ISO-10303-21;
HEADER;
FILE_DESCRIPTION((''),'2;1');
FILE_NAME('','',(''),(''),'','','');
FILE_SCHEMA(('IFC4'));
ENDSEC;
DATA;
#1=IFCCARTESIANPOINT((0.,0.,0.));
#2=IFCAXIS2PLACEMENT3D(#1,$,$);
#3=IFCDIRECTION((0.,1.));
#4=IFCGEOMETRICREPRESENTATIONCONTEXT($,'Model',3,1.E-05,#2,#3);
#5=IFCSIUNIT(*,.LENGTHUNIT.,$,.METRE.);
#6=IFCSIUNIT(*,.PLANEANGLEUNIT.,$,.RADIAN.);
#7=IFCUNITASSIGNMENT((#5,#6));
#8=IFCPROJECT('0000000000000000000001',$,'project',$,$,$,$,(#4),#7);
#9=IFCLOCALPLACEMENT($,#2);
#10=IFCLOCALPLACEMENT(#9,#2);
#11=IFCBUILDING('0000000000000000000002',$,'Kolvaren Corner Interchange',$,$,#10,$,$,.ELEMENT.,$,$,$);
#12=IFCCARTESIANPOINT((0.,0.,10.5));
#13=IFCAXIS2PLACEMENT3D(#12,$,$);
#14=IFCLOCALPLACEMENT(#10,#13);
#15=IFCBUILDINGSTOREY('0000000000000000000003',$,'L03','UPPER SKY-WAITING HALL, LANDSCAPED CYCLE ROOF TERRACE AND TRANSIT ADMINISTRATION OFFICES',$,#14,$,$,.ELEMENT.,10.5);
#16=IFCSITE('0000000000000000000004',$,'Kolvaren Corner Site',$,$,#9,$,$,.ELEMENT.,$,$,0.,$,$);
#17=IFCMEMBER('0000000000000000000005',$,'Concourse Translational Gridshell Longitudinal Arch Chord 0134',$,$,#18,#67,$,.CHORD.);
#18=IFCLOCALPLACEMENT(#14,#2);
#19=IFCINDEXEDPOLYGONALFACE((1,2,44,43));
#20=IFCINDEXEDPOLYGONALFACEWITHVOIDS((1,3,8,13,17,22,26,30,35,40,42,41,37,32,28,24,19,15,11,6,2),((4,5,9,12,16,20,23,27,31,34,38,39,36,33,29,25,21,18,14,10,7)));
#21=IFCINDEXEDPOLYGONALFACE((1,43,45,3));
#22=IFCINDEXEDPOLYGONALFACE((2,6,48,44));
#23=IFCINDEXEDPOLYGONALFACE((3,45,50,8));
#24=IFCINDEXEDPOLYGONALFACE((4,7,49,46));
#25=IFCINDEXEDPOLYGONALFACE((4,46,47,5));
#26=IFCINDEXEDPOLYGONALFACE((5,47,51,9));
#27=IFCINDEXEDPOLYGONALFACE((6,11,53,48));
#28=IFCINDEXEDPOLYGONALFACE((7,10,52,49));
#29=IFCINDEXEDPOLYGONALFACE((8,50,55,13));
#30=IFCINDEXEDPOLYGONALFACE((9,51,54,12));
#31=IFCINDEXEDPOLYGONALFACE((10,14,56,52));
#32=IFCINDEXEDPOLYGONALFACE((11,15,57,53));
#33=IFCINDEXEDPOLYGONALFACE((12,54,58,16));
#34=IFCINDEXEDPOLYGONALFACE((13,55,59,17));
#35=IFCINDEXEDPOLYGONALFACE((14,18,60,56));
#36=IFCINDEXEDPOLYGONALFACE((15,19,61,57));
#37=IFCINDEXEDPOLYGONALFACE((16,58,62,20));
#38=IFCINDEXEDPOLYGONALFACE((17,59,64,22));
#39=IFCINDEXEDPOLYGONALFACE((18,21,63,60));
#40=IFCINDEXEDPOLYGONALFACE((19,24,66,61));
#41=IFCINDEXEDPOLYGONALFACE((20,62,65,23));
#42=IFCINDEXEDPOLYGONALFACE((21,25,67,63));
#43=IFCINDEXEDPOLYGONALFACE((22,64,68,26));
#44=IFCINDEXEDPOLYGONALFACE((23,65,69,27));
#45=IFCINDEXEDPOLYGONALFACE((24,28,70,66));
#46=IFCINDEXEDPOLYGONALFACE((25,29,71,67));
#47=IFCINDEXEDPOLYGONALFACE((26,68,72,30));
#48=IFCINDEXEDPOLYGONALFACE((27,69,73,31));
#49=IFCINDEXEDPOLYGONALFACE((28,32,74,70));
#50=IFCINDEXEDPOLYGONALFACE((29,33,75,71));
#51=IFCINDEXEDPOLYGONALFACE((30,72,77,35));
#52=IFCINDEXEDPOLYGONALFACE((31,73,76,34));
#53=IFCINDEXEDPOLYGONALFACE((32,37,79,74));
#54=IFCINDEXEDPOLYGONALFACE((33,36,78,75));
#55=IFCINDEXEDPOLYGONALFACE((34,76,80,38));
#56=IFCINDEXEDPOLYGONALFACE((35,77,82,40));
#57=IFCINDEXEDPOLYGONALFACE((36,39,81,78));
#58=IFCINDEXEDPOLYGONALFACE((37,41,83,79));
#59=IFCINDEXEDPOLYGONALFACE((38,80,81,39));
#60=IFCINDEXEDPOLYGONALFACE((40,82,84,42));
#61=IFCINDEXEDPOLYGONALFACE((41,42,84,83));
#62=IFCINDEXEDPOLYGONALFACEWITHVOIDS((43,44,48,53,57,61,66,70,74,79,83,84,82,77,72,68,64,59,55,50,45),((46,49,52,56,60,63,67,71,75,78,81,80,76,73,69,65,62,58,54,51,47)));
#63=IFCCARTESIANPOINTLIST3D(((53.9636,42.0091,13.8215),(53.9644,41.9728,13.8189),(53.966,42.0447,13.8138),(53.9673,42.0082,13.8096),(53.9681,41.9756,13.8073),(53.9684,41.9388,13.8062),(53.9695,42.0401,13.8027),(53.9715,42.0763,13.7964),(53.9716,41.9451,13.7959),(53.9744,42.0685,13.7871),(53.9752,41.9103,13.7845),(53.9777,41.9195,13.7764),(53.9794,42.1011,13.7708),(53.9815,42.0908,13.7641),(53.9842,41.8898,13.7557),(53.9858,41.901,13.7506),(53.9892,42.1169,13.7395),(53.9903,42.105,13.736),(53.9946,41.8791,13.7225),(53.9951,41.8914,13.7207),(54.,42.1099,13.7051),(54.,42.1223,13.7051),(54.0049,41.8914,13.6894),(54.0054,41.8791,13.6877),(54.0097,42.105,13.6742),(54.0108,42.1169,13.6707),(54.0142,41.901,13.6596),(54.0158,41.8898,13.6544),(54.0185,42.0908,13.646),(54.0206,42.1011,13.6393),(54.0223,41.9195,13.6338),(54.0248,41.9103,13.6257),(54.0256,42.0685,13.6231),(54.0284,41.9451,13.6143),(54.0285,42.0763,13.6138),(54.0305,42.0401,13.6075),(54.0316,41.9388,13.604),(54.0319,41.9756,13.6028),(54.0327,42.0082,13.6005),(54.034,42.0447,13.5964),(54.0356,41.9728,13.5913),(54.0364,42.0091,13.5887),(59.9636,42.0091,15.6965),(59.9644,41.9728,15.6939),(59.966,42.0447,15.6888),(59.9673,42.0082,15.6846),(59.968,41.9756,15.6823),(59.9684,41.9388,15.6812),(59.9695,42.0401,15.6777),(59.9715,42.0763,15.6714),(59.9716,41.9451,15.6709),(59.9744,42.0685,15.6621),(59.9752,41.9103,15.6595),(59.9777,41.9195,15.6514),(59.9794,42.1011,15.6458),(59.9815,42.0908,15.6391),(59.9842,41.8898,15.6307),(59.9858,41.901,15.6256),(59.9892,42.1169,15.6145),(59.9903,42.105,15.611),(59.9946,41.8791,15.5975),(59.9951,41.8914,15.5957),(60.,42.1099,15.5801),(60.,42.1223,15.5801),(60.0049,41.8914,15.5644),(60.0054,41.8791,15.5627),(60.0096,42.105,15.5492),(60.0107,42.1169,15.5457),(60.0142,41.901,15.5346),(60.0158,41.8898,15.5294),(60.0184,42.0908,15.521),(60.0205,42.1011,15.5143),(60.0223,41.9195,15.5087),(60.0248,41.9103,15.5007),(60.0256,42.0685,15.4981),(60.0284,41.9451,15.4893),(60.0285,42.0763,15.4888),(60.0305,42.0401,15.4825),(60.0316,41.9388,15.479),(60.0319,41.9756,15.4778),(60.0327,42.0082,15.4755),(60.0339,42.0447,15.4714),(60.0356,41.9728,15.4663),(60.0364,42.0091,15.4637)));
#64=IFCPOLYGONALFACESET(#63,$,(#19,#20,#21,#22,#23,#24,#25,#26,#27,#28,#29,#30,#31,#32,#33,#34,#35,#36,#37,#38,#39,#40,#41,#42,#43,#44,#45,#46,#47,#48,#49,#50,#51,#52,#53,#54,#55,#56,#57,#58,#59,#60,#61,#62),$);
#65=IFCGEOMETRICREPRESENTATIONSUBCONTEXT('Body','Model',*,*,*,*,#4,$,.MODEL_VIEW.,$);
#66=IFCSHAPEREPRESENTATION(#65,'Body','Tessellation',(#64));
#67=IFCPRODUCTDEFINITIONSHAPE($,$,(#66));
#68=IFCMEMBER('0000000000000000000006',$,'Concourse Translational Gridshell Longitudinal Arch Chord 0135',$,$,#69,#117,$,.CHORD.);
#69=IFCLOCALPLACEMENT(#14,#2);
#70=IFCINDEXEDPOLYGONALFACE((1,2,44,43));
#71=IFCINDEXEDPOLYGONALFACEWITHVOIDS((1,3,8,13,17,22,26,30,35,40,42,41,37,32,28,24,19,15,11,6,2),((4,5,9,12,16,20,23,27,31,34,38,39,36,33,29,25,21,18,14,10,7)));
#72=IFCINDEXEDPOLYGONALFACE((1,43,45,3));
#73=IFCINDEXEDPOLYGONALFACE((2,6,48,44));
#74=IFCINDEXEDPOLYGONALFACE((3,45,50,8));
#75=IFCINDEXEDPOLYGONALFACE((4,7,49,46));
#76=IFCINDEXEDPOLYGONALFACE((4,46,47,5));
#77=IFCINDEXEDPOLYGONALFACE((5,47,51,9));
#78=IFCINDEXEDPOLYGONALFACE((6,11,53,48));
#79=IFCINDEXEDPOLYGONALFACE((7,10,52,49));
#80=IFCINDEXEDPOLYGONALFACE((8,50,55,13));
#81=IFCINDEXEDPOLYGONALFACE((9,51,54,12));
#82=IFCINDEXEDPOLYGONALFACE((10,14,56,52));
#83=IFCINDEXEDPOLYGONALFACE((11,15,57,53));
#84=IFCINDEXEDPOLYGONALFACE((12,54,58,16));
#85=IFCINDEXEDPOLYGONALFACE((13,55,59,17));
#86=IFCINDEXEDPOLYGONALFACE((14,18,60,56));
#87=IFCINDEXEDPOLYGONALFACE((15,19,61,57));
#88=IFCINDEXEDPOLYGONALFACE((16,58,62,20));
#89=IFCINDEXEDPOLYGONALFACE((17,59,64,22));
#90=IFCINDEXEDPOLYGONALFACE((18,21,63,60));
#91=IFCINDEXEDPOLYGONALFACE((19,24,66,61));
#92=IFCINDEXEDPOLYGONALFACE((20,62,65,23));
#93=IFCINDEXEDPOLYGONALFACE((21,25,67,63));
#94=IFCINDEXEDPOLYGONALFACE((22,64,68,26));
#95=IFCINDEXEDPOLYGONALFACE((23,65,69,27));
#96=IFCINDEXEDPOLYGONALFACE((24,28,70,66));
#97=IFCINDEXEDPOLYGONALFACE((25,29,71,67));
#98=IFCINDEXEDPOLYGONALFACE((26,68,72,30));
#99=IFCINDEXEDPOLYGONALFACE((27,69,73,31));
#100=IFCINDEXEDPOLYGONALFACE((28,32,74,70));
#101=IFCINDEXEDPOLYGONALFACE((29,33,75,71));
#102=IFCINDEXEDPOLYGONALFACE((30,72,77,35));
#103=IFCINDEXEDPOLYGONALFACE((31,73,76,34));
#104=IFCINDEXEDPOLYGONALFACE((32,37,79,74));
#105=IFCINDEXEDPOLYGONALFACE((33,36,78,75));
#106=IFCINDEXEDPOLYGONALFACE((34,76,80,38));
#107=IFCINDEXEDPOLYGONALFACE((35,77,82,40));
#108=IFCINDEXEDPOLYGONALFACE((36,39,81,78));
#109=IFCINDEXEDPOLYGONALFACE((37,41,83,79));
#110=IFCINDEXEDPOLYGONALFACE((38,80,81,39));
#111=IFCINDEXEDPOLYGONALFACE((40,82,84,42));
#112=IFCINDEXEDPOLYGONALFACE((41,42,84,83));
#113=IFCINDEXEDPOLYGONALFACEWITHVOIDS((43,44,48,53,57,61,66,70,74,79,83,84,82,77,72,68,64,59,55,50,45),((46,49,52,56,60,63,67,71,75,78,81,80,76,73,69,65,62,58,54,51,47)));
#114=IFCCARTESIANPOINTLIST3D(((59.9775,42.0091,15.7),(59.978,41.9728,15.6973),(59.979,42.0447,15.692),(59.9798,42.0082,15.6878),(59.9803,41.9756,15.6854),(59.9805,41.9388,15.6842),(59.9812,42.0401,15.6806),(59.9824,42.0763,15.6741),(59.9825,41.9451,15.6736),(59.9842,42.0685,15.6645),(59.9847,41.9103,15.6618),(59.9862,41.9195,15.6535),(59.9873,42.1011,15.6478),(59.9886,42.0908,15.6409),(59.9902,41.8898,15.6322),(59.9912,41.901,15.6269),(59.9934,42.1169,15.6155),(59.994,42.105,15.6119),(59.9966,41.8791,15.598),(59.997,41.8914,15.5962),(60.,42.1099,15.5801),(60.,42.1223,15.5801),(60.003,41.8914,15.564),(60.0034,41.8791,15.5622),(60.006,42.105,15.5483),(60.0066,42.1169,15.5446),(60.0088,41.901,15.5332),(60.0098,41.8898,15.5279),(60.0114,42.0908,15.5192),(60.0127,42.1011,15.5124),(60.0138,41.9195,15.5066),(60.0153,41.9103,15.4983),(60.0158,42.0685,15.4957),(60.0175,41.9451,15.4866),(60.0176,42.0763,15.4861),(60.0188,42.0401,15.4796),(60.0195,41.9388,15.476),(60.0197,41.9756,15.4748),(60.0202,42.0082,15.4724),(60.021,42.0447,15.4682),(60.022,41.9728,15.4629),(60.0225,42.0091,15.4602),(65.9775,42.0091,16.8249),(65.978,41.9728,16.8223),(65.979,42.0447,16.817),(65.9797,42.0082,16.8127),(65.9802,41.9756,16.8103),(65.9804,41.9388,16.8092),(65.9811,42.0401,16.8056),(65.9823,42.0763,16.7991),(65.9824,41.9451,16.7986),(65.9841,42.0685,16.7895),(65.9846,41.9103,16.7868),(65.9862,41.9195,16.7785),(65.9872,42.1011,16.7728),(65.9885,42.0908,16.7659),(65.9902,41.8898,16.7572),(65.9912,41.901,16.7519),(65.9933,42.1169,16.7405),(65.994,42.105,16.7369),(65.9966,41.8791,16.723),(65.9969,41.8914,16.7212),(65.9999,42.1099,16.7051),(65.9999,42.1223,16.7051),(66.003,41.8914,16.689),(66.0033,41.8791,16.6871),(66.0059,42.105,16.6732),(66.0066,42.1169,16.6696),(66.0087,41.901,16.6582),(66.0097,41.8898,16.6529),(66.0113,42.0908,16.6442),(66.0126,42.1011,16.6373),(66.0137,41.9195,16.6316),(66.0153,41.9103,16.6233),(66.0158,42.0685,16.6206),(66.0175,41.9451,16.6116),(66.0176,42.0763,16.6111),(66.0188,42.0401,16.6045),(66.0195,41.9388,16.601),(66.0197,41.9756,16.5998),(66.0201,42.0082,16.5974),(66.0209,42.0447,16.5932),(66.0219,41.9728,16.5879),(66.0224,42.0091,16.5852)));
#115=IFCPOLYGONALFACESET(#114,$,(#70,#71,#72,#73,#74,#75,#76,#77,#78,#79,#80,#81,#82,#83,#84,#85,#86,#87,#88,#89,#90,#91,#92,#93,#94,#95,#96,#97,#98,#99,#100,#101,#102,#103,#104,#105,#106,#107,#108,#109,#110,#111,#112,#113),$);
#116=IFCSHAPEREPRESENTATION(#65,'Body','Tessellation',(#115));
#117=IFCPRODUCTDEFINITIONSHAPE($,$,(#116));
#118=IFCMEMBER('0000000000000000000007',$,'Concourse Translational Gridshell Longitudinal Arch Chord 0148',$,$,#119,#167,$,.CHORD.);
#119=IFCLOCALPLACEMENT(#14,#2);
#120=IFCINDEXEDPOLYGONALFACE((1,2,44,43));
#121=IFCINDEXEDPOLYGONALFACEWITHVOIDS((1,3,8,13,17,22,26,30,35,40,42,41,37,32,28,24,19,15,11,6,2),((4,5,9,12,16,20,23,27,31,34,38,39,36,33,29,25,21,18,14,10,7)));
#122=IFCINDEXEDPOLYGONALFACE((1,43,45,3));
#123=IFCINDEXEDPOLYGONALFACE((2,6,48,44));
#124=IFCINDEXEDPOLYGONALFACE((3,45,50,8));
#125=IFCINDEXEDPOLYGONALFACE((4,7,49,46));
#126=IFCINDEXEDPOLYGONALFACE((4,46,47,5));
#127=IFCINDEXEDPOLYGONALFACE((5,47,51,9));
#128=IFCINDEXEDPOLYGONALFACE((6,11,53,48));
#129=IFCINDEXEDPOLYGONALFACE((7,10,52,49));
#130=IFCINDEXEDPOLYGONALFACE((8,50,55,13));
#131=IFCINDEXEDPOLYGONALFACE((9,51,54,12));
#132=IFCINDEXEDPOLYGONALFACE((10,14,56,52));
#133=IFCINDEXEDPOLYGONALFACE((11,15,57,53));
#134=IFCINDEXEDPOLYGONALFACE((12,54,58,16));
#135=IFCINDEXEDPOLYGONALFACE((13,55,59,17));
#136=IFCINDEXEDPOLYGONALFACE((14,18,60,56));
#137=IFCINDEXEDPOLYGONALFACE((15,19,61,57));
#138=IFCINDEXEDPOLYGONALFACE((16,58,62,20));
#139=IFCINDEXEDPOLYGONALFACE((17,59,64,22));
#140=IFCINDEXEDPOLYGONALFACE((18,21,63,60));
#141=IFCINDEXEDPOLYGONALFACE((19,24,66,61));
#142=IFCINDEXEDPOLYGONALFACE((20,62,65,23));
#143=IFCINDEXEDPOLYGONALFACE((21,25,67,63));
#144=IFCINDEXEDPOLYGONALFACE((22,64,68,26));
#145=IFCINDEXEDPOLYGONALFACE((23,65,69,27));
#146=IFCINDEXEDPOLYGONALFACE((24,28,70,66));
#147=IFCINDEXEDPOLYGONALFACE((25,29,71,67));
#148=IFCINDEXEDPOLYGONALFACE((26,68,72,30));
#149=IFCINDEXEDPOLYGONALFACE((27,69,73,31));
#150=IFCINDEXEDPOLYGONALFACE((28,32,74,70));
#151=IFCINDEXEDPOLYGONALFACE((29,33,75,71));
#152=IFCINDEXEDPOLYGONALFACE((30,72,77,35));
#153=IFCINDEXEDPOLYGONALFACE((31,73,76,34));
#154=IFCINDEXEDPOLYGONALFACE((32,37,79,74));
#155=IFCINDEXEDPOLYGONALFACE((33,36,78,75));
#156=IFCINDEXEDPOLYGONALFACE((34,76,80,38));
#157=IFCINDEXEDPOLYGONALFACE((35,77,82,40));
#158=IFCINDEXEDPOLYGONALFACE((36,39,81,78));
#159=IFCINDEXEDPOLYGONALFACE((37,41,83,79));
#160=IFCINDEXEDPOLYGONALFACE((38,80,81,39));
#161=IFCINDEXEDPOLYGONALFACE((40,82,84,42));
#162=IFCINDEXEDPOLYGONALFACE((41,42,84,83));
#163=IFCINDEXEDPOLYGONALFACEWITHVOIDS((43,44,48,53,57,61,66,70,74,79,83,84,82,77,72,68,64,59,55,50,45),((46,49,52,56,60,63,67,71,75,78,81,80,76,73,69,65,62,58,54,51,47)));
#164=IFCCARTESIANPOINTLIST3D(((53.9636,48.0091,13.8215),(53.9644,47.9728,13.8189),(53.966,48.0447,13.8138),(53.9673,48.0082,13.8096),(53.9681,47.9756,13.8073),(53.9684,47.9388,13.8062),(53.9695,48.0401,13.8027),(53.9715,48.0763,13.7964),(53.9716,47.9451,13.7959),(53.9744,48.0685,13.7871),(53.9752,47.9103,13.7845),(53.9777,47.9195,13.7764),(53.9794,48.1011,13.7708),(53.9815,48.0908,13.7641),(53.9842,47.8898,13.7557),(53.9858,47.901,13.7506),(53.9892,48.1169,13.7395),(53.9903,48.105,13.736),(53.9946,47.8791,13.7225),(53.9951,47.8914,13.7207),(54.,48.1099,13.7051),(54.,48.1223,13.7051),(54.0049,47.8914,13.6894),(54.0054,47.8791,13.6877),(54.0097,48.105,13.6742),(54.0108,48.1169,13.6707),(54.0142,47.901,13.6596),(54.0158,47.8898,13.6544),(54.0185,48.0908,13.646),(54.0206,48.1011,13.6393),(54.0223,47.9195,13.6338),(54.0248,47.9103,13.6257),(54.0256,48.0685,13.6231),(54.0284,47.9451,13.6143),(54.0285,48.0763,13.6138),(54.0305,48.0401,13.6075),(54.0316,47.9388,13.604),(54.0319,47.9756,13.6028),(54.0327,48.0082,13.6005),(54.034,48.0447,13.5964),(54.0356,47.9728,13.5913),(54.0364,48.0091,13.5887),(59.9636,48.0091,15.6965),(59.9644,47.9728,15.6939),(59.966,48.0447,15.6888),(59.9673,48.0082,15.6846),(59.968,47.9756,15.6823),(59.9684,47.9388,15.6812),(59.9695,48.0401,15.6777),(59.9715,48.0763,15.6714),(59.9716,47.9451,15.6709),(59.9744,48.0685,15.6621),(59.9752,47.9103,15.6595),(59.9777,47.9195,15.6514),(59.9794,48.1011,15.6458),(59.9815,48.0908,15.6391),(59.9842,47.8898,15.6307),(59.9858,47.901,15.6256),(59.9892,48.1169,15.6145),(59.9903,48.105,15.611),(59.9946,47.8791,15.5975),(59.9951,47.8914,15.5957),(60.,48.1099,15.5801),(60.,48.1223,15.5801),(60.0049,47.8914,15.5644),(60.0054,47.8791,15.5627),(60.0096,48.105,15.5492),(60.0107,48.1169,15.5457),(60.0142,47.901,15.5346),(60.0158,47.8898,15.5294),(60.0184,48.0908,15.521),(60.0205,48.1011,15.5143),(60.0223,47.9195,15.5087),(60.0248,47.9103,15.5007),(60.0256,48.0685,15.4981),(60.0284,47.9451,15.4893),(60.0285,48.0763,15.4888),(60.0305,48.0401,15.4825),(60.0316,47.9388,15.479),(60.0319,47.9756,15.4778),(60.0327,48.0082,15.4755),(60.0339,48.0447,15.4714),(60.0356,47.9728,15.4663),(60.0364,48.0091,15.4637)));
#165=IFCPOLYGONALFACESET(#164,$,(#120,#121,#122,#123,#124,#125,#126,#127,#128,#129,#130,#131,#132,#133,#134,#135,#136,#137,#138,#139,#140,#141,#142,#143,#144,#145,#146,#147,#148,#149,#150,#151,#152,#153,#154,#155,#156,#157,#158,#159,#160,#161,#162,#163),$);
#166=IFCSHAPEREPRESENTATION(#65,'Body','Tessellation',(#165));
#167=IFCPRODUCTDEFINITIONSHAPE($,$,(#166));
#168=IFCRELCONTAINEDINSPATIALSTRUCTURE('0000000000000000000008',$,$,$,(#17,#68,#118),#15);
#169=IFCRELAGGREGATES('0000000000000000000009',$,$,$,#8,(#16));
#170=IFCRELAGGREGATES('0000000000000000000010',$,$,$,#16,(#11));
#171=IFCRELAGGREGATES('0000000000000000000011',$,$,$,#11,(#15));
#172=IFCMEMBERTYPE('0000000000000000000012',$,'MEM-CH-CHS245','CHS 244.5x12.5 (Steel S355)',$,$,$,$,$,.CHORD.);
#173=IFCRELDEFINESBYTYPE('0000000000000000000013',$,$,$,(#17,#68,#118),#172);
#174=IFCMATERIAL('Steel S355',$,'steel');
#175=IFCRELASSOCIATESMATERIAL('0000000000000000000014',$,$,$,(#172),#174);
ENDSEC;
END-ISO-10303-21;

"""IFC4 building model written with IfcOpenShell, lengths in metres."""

from ifc_helpers import new_model, si_unit, direction, frame, origin, origin_2d, place, context, subcontext, project, spatial, hollow_circle, extrude, material, material_profile, profile_set, type_object, element, save


model = new_model("IFC4")

# Units and contexts
model_context = context("Model", 3, precision=1e-05, world=origin(), true_north=direction((0.0, 1.0)))
body_context = subcontext(model_context, "Body", "Model", "MODEL_VIEW")
ifc_project = project(units=[si_unit("LENGTHUNIT", "METRE"), si_unit("PLANEANGLEUNIT", "RADIAN")], contexts=[model_context])

# Site, building, storey
site_placement = place(None, origin())
site = spatial("IfcSite", under=ifc_project, at=site_placement, Name="Kolvaren Corner Site", CompositionType="ELEMENT", RefElevation=0.0)
building_placement = place(site_placement, origin())
building = spatial("IfcBuilding", under=site, at=building_placement, Name="Kolvaren Corner Interchange", CompositionType="ELEMENT")
storey_placement = place(building_placement, frame((0.0, 0.0, 10.5)))
storey = spatial("IfcBuildingStorey", under=building, at=storey_placement, Name="L03", Description="UPPER SKY-WAITING HALL, LANDSCAPED CYCLE ROOF TERRACE AND TRANSIT ADMINISTRATION OFFICES", CompositionType="ELEMENT", Elevation=10.5)

# Members
ifc_material_1 = material(Name="Steel S355", Category="steel")
ifc_material_profile_1 = material_profile(ifc_material_1, hollow_circle(Radius=0.1223, WallThickness=0.0125, at=origin_2d()), Name="CHS 244.5x12.5")
ifc_profile_set_1 = profile_set([ifc_material_profile_1], Name="Steel S355")
member_type_1 = type_object("IfcMemberType", Name="MEM-CH-CHS245", Description="CHS 244.5x12.5 (Steel S355)", PredefinedType="CHORD", material=ifc_profile_set_1)
member_1_placement = place(storey_placement, frame((54.0, 42.0, 13.7051), z_axis=(0.95448, 0.0, 0.298275), x_axis=(0.0, 1.0, 0.0)))
element("IfcMember", 1, at=member_1_placement, inside=storey, type_object=member_type_1, Name="Concourse Translational Gridshell Longitudinal Arch Chord 0134", PredefinedType="CHORD", context=body_context, shape_type="SweptSolid", body=[
    extrude(hollow_circle(Radius=0.1223, WallThickness=0.0125, at=origin_2d()), origin(), (0.0, 0.0, 1.0), 6.2861),
])
member_2_placement = place(storey_placement, frame((60.0, 42.0, 15.5801), z_axis=(0.982872, 0.0, 0.184289), x_axis=(0.0, 1.0, 0.0)))
element("IfcMember", 2, at=member_2_placement, inside=storey, type_object=member_type_1, Name="Concourse Translational Gridshell Longitudinal Arch Chord 0135", PredefinedType="CHORD", context=body_context, shape_type="SweptSolid", body=[
    extrude(hollow_circle(Radius=0.1223, WallThickness=0.0125, at=origin_2d()), origin(), (0.0, 0.0, 1.0), 6.1045),
])
member_3_placement = place(storey_placement, frame((54.0, 48.0, 13.7051), z_axis=(0.95448, 0.0, 0.298275), x_axis=(0.0, 1.0, 0.0)))
element("IfcMember", 3, at=member_3_placement, inside=storey, type_object=member_type_1, Name="Concourse Translational Gridshell Longitudinal Arch Chord 0148", PredefinedType="CHORD", context=body_context, shape_type="SweptSolid", body=[
    extrude(hollow_circle(Radius=0.1223, WallThickness=0.0125, at=origin_2d()), origin(), (0.0, 0.0, 1.0), 6.2861),
])

save(model, "model.ifc")
